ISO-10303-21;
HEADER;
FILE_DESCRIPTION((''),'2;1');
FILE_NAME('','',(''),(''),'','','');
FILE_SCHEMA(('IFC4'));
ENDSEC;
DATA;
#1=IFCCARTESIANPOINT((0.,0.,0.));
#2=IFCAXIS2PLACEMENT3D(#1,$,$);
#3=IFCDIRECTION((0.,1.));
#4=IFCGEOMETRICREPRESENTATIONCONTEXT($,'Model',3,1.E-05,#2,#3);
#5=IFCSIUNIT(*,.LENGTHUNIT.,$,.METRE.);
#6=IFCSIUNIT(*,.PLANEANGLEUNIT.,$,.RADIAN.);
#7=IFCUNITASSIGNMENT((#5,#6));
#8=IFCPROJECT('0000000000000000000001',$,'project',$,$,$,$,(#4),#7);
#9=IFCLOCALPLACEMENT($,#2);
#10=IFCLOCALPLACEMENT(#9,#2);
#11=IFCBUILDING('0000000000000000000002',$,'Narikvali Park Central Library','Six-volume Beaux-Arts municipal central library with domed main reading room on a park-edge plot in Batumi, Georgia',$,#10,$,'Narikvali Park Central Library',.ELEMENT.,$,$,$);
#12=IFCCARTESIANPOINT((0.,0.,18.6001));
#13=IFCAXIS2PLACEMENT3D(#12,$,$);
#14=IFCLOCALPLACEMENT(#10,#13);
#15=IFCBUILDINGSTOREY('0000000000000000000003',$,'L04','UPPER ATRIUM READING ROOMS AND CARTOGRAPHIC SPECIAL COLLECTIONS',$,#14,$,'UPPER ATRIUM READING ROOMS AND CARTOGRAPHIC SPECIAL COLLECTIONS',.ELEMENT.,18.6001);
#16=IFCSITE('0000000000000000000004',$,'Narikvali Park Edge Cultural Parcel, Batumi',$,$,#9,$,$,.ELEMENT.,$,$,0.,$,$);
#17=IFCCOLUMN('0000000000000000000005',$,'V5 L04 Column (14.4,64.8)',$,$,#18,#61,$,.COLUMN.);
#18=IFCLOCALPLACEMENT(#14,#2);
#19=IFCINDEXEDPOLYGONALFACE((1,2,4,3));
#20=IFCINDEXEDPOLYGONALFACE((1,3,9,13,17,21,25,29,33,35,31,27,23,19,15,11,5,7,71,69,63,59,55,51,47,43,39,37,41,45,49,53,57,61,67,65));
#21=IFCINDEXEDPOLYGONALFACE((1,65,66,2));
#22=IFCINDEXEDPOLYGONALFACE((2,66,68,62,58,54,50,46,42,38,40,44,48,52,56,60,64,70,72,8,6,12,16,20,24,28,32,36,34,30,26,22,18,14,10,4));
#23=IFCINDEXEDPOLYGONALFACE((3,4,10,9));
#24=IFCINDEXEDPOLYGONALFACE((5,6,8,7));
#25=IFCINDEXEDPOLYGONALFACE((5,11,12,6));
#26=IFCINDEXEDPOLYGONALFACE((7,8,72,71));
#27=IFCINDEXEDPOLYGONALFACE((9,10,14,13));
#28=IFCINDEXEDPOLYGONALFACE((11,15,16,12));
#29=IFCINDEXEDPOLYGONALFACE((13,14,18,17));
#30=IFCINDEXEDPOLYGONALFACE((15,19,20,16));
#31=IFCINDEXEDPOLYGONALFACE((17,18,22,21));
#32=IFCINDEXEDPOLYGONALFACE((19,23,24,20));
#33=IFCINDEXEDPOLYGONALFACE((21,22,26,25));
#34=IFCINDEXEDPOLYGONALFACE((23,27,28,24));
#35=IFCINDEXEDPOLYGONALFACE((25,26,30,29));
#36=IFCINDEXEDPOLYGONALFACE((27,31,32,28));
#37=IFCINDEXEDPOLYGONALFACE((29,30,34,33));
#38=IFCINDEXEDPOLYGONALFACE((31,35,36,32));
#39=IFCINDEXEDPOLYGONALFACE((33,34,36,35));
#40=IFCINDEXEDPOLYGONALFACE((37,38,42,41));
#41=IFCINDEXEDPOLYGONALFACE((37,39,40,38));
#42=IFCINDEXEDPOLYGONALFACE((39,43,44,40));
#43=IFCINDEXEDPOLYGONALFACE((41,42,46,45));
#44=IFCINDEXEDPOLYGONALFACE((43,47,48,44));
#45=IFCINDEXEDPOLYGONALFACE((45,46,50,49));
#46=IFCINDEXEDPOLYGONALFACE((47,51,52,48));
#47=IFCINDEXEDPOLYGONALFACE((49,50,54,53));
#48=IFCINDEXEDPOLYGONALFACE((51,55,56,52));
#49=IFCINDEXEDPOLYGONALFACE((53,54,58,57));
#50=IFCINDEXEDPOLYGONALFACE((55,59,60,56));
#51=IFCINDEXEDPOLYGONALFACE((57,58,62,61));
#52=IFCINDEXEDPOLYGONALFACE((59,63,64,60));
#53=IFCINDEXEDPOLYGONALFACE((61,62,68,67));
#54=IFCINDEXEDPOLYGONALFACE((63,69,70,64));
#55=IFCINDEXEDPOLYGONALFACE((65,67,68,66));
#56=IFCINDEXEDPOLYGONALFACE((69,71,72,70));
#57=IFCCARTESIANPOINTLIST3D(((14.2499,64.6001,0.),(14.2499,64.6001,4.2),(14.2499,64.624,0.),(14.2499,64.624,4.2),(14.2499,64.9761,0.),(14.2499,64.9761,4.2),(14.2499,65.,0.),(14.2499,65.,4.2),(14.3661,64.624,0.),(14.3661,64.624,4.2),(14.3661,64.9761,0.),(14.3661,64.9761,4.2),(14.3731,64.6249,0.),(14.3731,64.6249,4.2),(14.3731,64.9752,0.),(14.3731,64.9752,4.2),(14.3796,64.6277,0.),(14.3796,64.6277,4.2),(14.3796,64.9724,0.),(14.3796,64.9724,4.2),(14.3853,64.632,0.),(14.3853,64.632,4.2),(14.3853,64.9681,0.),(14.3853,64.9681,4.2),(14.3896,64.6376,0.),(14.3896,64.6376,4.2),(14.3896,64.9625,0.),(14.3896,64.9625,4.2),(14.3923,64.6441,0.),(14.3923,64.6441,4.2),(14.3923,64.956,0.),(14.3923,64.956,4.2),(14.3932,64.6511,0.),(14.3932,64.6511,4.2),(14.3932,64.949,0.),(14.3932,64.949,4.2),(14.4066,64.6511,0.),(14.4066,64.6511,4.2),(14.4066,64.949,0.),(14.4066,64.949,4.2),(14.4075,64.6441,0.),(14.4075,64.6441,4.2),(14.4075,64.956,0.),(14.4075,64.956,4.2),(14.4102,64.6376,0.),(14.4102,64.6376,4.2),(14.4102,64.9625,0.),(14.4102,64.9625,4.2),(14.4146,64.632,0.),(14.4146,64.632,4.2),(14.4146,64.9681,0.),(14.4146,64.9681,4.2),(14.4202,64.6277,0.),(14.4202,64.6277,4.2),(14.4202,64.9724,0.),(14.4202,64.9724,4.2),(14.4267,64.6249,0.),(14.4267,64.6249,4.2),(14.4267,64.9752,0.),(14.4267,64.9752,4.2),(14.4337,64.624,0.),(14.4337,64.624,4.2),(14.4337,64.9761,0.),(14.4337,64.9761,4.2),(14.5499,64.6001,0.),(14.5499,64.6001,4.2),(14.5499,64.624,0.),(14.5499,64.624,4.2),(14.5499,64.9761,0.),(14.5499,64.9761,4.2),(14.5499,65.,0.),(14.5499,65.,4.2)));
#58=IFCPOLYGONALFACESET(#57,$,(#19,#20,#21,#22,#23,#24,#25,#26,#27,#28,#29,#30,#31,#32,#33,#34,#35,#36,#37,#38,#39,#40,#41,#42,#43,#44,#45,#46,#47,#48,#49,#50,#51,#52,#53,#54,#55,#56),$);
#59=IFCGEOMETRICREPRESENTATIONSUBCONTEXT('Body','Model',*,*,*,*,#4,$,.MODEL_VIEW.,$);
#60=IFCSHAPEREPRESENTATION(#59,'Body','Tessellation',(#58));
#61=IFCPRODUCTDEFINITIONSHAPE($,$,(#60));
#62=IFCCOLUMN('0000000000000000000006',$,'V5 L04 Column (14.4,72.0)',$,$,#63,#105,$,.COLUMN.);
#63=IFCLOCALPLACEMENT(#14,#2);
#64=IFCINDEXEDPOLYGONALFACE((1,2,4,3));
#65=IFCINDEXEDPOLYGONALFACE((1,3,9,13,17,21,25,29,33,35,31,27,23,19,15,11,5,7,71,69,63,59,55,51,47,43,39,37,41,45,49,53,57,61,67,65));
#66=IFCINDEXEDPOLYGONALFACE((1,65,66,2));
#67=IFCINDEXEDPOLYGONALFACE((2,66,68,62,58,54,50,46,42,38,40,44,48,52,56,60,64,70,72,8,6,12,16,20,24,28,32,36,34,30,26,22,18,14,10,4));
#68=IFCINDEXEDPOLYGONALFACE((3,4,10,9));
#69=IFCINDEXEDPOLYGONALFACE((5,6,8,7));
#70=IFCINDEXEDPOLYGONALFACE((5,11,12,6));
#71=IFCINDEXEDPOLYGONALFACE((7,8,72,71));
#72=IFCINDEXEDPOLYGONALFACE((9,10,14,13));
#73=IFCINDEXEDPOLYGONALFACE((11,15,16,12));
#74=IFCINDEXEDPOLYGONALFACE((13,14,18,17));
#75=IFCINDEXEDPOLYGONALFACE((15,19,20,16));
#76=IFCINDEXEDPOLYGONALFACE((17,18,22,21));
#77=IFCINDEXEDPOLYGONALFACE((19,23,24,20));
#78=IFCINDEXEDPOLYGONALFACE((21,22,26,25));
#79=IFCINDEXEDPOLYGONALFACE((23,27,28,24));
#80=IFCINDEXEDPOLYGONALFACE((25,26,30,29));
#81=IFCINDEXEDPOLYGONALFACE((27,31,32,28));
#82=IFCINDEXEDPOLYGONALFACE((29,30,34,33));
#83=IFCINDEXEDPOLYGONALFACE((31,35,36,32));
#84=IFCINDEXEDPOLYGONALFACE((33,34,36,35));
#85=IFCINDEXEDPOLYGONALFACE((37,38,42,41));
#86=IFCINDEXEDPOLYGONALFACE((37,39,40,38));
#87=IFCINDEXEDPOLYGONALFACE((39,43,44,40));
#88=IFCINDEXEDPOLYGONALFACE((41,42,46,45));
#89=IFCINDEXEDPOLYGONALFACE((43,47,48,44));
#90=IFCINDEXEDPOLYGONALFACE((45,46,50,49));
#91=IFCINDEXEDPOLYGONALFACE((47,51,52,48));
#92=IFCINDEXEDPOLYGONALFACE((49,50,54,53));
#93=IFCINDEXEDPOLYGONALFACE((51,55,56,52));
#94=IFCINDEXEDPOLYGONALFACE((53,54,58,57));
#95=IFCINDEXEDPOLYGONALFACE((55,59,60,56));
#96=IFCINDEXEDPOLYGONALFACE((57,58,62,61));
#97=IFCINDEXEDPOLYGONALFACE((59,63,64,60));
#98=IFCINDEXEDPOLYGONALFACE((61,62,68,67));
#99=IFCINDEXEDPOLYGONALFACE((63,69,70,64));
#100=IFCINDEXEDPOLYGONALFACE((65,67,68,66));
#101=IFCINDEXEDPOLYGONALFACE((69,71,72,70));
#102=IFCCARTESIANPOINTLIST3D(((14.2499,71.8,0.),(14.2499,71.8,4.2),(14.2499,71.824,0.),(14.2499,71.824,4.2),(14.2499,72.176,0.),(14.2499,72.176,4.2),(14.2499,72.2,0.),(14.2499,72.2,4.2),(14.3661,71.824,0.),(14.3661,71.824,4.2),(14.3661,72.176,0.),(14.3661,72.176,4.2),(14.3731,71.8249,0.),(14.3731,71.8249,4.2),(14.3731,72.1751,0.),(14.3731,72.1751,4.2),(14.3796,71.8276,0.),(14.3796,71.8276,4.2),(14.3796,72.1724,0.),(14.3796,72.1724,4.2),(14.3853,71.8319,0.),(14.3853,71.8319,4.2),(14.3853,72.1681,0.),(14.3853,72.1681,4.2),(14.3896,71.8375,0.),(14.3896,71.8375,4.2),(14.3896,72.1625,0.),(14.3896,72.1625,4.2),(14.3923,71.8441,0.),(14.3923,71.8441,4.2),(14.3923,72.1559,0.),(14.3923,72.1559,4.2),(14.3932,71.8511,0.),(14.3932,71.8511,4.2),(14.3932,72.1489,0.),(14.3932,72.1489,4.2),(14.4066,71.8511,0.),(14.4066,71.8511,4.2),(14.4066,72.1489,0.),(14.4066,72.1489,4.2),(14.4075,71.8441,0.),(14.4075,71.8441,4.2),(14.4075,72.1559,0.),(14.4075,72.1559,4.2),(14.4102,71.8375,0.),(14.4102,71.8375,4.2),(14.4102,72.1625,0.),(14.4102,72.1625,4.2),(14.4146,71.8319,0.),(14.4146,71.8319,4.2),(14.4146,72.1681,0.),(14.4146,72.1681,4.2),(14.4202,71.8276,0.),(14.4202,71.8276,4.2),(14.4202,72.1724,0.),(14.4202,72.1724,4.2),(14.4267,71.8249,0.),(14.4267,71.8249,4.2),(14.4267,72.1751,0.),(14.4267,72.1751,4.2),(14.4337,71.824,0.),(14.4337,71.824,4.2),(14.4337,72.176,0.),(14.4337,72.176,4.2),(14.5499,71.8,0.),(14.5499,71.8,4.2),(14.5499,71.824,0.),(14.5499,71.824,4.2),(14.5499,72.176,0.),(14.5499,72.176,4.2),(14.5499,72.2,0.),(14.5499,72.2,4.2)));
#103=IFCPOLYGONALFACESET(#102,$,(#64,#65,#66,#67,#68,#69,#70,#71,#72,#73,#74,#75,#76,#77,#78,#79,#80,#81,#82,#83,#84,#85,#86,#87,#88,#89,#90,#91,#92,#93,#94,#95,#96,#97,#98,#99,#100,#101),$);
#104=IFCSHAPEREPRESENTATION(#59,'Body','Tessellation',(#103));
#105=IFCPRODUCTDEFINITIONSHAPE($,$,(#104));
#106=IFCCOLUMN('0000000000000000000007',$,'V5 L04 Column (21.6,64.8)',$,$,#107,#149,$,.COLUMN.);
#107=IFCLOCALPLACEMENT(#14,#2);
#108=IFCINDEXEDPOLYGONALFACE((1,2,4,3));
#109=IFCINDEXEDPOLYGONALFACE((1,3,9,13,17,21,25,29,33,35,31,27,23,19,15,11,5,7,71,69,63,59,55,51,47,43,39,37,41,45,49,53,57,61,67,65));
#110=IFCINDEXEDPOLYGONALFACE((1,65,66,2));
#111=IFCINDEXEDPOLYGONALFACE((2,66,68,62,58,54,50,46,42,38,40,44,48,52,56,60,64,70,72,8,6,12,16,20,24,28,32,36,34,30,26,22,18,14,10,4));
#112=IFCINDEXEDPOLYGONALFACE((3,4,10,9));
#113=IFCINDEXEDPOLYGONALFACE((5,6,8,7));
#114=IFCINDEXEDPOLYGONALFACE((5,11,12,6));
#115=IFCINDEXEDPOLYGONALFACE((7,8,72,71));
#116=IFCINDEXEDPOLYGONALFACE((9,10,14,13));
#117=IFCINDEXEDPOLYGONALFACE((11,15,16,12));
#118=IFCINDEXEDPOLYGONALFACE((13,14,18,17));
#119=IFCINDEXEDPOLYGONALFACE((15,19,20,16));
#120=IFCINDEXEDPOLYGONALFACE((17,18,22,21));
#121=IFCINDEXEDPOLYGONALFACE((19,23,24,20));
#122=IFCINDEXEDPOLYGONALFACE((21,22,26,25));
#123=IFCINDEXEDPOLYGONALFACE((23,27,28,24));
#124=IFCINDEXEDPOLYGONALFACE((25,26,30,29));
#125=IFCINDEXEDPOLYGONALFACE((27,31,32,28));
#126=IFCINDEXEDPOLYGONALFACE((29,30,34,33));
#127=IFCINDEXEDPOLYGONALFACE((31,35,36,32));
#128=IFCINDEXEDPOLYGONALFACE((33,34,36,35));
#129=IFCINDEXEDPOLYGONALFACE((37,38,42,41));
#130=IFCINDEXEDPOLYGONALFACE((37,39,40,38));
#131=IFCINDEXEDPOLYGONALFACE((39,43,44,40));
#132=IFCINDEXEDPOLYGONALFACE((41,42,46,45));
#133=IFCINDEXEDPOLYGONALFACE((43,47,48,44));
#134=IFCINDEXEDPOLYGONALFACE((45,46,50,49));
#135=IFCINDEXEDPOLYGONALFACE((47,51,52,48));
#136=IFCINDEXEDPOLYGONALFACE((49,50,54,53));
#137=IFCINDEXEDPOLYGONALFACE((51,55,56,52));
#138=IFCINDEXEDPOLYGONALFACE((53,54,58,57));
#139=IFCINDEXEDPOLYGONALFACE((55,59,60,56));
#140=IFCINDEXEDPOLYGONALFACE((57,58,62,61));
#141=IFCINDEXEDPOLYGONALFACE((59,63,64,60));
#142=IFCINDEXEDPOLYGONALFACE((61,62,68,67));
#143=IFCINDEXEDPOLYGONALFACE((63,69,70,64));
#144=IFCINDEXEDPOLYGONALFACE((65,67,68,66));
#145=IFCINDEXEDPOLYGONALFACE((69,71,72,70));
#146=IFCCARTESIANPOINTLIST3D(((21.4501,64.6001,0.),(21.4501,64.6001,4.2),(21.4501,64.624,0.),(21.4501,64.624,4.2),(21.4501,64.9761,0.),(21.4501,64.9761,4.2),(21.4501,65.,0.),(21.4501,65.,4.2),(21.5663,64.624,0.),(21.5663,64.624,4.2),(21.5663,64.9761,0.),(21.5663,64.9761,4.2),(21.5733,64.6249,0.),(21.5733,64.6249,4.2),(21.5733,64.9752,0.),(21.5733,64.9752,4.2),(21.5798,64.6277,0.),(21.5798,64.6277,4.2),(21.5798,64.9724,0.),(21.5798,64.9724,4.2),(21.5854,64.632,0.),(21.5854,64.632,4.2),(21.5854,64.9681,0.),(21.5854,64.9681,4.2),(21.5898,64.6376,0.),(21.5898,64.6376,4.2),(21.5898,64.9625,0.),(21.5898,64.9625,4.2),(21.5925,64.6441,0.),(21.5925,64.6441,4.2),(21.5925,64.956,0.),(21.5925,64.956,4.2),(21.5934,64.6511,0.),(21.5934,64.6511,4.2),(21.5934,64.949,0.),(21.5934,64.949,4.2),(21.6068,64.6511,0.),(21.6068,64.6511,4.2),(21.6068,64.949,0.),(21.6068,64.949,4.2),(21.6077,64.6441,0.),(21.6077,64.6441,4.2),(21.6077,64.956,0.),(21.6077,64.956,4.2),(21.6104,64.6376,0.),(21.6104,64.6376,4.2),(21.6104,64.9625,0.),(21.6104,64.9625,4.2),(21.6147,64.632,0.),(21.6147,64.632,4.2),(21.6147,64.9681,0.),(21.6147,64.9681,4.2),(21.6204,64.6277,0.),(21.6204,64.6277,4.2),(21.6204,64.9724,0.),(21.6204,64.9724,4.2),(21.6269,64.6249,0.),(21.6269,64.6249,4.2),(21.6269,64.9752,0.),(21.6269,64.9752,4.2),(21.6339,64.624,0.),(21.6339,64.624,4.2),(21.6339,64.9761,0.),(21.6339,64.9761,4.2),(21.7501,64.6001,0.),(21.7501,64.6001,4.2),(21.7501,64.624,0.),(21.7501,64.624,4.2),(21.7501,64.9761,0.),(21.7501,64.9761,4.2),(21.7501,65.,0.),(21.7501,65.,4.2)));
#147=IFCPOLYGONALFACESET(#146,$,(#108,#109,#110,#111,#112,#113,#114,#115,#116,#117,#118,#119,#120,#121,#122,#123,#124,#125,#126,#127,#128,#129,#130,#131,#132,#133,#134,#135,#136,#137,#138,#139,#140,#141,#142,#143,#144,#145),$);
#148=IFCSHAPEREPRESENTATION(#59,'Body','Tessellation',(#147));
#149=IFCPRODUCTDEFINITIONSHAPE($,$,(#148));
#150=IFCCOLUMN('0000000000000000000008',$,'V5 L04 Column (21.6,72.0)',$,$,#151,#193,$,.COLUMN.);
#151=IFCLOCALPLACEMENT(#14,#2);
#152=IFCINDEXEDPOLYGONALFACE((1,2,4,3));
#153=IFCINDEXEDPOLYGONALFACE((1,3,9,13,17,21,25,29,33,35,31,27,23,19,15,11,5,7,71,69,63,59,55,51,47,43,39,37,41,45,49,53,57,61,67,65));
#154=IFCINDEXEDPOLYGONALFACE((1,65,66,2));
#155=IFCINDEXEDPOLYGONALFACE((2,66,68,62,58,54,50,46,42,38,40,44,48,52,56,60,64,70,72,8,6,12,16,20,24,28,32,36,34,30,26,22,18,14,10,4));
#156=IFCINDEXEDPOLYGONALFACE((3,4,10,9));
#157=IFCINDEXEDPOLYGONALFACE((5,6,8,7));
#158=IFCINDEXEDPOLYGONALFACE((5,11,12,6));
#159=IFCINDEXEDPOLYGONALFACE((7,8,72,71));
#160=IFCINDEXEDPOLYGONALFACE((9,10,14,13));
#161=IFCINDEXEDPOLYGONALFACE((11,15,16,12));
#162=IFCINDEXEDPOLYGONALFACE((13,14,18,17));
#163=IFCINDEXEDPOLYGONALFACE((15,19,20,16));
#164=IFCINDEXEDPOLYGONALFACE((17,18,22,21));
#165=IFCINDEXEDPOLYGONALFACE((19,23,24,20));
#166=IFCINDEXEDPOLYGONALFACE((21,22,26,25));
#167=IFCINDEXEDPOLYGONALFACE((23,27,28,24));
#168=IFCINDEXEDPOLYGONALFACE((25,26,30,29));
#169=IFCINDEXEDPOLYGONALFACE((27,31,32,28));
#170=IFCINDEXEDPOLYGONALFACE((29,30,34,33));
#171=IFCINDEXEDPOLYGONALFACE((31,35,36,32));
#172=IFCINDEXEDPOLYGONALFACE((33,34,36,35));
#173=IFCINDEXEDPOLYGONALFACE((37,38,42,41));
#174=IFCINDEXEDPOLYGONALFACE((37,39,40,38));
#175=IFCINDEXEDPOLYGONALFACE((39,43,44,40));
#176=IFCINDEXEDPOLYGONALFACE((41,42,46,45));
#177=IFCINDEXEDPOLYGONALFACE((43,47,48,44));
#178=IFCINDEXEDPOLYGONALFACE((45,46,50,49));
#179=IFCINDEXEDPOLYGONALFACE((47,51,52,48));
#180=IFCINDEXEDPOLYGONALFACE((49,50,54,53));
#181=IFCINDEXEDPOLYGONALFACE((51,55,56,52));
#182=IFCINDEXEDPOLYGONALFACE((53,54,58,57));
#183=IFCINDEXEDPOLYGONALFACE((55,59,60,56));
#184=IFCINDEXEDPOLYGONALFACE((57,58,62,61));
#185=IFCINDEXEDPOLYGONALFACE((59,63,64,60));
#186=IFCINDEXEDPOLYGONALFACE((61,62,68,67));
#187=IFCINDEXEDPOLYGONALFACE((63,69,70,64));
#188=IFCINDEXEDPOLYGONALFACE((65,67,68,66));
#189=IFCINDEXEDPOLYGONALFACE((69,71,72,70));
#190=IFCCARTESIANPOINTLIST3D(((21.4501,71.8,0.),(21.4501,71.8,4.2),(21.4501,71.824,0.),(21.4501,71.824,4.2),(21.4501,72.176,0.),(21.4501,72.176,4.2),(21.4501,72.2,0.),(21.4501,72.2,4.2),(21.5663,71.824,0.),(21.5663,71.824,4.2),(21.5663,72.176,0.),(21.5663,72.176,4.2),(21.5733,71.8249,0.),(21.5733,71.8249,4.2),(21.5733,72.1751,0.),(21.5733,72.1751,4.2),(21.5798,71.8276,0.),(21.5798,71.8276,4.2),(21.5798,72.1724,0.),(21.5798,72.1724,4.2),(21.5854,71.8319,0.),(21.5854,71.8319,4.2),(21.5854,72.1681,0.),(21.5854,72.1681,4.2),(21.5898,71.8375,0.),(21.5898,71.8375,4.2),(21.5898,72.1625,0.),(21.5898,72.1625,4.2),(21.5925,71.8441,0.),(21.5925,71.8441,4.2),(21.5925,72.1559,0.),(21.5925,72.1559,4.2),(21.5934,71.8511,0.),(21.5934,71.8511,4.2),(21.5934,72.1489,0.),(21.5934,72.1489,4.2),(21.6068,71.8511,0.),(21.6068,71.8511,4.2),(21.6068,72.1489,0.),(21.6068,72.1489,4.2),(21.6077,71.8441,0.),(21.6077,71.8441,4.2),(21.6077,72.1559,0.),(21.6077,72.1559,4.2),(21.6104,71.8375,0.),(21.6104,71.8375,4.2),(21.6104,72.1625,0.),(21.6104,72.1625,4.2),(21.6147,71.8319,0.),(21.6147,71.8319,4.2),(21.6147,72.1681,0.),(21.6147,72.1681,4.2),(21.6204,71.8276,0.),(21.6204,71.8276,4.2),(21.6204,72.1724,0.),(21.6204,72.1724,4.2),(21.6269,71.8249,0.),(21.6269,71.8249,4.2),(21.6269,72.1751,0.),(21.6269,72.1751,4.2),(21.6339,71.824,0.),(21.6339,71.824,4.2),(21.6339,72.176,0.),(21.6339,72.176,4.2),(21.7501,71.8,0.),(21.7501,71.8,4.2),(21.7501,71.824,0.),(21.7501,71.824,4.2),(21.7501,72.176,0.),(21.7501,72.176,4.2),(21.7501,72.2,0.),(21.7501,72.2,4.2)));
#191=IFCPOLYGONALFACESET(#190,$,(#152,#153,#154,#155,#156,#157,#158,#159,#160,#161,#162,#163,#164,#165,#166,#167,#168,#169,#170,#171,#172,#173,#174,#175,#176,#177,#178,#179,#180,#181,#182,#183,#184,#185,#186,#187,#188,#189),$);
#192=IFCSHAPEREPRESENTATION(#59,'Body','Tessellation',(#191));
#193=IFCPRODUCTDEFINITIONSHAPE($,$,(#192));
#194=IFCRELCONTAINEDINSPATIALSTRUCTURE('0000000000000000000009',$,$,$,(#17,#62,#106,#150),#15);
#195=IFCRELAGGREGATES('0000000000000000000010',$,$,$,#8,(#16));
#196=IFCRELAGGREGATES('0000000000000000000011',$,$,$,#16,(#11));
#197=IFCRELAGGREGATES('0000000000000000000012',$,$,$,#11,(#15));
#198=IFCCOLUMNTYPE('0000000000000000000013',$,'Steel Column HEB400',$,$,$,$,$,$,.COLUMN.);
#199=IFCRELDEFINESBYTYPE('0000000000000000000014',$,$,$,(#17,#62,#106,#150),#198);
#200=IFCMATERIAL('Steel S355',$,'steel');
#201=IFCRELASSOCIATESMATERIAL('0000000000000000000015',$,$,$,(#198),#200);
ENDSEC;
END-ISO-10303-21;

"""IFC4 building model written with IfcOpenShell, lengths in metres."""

from ifc_helpers import new_model, si_unit, direction, frame, origin, origin_2d, place, context, subcontext, project, spatial, i_section, extrude, material, material_profile, profile_set, type_object, element, save


model = new_model("IFC4")

# Units and contexts
model_context = context("Model", 3, precision=1e-05, world=origin(), true_north=direction((0.0, 1.0)))
body_context = subcontext(model_context, "Body", "Model", "MODEL_VIEW")
ifc_project = project(units=[si_unit("LENGTHUNIT", "METRE"), si_unit("PLANEANGLEUNIT", "RADIAN")], contexts=[model_context])

# Site, building, storey
site_placement = place(None, origin())
site = spatial("IfcSite", under=ifc_project, at=site_placement, Name="Narikvali Park Edge Cultural Parcel, Batumi", CompositionType="ELEMENT", RefElevation=0.0)
building_placement = place(site_placement, origin())
building = spatial("IfcBuilding", under=site, at=building_placement, Name="Narikvali Park Central Library", Description="Six-volume Beaux-Arts municipal central library with domed main reading room on a park-edge plot in Batumi, Georgia", LongName="Narikvali Park Central Library", CompositionType="ELEMENT")
storey_placement = place(building_placement, frame((0.0, 0.0, 18.6001)))
storey = spatial("IfcBuildingStorey", under=building, at=storey_placement, Name="L04", Description="UPPER ATRIUM READING ROOMS AND CARTOGRAPHIC SPECIAL COLLECTIONS", LongName="UPPER ATRIUM READING ROOMS AND CARTOGRAPHIC SPECIAL COLLECTIONS", CompositionType="ELEMENT", Elevation=18.6001)

# Columns
ifc_material_1 = material(Name="Steel S355", Category="steel")
ifc_material_profile_1 = material_profile(ifc_material_1, i_section(OverallWidth=0.3, OverallDepth=0.3999, WebThickness=0.0134, FlangeThickness=0.0239, FilletRadius=0.0271, at=origin_2d()), Name="HEB 400")
ifc_profile_set_1 = profile_set([ifc_material_profile_1], Name="Steel S355")
column_type = type_object("IfcColumnType", Name="Steel Column HEB400", PredefinedType="COLUMN", material=ifc_profile_set_1)
for number, where, z_axis, x_axis, name in (
    (1, (14.3999, 64.8, 0.0), (0.0, 0.0, 1.0), (1.0, 0.0, 0.0), "V5 L04 Column (14.4,64.8)"),
    (2, (14.3999, 72.0, 0.0), (0.0, 0.0, 1.0), (1.0, 0.0, 0.0), "V5 L04 Column (14.4,72.0)"),
    (3, (21.6001, 64.8, 0.0), (0.0, 0.0, 1.0), (1.0, 0.0, 0.0), "V5 L04 Column (21.6,64.8)"),
    (4, (21.6001, 72.0, 0.0), (0.0, 0.0, 1.0), (1.0, 0.0, 0.0), "V5 L04 Column (21.6,72.0)"),
):
    element("IfcColumn", number, at=place(storey_placement, frame(where, z_axis=z_axis, x_axis=x_axis)), inside=storey, type_object=column_type, Name=name, PredefinedType="COLUMN", context=body_context, shape_type="SweptSolid", body=[
        extrude(i_section(OverallWidth=0.3, OverallDepth=0.3999, WebThickness=0.0134, FlangeThickness=0.0239, FilletRadius=0.0271, at=origin_2d()), origin(), (0.0, 0.0, 1.0), 4.2),
    ])

save(model, "model.ifc")
